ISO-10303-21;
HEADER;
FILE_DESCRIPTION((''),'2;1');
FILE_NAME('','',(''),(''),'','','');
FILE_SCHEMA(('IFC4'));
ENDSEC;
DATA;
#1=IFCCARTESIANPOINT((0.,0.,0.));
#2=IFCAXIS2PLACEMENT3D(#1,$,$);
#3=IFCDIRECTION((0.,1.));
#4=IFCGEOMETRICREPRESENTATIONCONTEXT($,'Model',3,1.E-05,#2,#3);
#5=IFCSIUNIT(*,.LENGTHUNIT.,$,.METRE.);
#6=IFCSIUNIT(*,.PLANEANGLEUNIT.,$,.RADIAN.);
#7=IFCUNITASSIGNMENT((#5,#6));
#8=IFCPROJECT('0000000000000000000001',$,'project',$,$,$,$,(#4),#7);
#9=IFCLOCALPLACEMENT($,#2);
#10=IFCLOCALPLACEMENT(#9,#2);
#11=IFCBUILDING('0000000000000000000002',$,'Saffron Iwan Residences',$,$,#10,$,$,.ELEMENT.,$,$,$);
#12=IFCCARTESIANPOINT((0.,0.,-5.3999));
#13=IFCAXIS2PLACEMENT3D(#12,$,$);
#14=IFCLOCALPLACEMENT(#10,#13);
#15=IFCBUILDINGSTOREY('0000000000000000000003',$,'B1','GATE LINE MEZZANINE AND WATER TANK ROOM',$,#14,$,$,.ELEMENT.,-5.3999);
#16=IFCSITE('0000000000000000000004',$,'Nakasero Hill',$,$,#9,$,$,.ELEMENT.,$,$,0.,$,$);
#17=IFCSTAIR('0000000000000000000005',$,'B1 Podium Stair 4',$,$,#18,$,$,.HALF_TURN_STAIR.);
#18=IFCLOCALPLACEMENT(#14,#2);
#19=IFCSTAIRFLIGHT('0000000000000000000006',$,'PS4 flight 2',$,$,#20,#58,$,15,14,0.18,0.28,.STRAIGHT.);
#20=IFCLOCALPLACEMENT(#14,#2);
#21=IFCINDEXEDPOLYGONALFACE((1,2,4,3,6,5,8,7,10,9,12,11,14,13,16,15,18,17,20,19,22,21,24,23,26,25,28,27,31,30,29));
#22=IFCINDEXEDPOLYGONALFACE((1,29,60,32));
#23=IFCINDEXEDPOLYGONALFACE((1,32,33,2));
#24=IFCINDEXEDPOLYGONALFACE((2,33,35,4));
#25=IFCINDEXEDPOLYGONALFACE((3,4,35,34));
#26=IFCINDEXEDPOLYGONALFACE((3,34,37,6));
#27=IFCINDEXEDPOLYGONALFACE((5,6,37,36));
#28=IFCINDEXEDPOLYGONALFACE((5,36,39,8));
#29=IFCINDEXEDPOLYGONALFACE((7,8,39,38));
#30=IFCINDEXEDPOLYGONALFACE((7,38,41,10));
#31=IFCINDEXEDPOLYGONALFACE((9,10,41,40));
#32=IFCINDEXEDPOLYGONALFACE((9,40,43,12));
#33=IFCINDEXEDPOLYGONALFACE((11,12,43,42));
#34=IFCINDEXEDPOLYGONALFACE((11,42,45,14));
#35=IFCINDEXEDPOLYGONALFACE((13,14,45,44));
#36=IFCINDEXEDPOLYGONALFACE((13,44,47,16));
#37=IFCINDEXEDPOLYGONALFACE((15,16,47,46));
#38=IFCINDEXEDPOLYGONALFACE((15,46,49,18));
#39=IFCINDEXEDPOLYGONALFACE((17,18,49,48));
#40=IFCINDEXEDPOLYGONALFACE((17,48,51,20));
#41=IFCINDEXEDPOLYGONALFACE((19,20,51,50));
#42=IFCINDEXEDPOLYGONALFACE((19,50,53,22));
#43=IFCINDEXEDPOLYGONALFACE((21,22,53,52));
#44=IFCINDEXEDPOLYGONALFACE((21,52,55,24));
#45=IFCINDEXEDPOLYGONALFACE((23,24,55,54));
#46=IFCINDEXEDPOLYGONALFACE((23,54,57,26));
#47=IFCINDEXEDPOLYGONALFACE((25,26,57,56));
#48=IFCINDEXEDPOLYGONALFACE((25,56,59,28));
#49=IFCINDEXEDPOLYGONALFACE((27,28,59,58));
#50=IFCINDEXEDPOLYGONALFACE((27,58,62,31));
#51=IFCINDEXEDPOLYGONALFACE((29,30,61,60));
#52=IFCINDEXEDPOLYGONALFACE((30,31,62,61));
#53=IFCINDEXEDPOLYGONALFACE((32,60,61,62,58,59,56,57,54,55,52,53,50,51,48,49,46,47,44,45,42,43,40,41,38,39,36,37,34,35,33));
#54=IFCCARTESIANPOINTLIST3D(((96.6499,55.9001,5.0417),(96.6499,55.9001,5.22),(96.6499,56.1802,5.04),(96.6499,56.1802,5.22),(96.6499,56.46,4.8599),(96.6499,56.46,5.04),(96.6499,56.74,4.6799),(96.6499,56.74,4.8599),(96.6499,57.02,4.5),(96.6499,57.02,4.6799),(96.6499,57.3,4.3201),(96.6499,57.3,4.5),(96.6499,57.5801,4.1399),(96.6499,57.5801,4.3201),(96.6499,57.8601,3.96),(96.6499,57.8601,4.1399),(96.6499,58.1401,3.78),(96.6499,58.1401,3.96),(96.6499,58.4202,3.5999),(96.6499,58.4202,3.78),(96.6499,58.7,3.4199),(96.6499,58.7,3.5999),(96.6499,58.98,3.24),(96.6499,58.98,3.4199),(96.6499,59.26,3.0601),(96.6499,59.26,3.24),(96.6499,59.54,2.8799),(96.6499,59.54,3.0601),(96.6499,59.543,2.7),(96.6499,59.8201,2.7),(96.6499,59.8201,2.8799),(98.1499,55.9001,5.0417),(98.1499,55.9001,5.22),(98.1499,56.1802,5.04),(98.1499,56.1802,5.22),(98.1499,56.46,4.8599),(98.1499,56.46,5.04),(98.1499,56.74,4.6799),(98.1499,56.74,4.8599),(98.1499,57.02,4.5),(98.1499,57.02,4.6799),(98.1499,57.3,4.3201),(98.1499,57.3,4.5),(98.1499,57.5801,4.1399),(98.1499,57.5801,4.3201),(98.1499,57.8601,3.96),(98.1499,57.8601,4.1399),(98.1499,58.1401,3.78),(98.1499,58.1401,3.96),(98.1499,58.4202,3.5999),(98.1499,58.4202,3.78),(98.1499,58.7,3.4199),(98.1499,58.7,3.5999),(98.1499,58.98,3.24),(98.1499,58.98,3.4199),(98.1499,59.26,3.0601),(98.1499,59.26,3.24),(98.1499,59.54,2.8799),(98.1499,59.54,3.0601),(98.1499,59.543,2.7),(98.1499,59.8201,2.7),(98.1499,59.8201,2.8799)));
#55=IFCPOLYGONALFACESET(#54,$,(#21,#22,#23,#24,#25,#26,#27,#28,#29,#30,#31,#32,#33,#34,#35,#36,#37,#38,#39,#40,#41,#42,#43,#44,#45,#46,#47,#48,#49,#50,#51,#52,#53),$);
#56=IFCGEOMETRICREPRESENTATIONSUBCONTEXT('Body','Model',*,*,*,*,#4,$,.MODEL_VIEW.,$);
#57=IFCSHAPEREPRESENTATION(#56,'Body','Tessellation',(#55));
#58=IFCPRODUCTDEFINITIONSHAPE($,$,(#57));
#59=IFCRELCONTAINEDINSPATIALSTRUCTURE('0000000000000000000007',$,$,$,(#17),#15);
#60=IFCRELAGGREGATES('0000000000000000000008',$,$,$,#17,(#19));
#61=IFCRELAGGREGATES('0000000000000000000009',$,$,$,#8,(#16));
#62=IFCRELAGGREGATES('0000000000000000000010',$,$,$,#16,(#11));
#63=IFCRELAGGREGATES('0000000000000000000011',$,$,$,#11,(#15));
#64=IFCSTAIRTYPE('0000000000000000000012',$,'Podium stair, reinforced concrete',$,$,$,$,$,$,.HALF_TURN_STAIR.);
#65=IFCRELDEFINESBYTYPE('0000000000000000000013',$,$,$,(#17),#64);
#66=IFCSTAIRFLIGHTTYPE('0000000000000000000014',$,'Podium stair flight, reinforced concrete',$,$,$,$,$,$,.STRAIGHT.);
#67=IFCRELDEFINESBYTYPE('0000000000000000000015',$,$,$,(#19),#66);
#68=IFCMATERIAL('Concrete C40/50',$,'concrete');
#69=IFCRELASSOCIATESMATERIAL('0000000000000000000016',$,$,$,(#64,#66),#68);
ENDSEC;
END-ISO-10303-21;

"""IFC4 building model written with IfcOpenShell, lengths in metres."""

from ifc_helpers import new_model, si_unit, direction, frame, origin, place, context, subcontext, project, spatial, polyline, outline, extrude, material, type_object, element, aggregate, save


model = new_model("IFC4")

# Units and contexts
model_context = context("Model", 3, precision=1e-05, world=origin(), true_north=direction((0.0, 1.0)))
body_context = subcontext(model_context, "Body", "Model", "MODEL_VIEW")
ifc_project = project(units=[si_unit("LENGTHUNIT", "METRE"), si_unit("PLANEANGLEUNIT", "RADIAN")], contexts=[model_context])

# Site, building, storey
site_placement = place(None, origin())
site = spatial("IfcSite", under=ifc_project, at=site_placement, Name="Nakasero Hill", CompositionType="ELEMENT", RefElevation=0.0)
building_placement = place(site_placement, origin())
building = spatial("IfcBuilding", under=site, at=building_placement, Name="Saffron Iwan Residences", CompositionType="ELEMENT")
storey_placement = place(building_placement, frame((0.0, 0.0, -5.3999)))
storey = spatial("IfcBuildingStorey", under=building, at=storey_placement, Name="B1", Description="GATE LINE MEZZANINE AND WATER TANK ROOM", CompositionType="ELEMENT", Elevation=-5.3999)

# Shared definitions
ifc_material_1 = material(Name="Concrete C40/50", Category="concrete")

# Stair, stair flight
stair_type = type_object("IfcStairType", Name="Podium stair, reinforced concrete", PredefinedType="HALF_TURN_STAIR", material=ifc_material_1)
stair_placement = place(storey_placement, origin())
stair = element("IfcStair", 1, at=stair_placement, inside=storey, type_object=stair_type, Name="B1 Podium Stair 4", PredefinedType="HALF_TURN_STAIR")
stair_flight_type = type_object("IfcStairFlightType", Name="Podium stair flight, reinforced concrete", PredefinedType="STRAIGHT", material=ifc_material_1)
stair_flight_1_placement = place(storey_placement, frame((97.3999, 59.8201, 2.7), z_axis=(0.0, 0.0, 1.0), x_axis=(0.0, -1.0, 0.0)))
stair_flight_1 = element("IfcStairFlight", 2, at=stair_flight_1_placement, type_object=stair_flight_type, Name="PS4 flight 2", NumberOfRisers=15, NumberOfTreads=14, PredefinedType="STRAIGHT", RiserHeight=0.18, TreadLength=0.28, context=body_context, shape_type="SweptSolid", body=[
    extrude(outline(polyline([(0.0, 0.0), (0.0, 0.1799), (0.28, 0.1799), (0.28, 0.3601), (0.5601, 0.3601), (0.5601, 0.54), (0.8401, 0.54), (0.8401, 0.72), (1.1201, 0.72), (1.1201, 0.8999), (1.3999, 0.8999), (1.3999, 1.0801), (1.6799, 1.0801), (1.6799, 1.26), (1.96, 1.26), (1.96, 1.4399), (2.24, 1.4399), (2.24, 1.6201), (2.52, 1.6201), (2.52, 1.8), (2.8, 1.8), (2.8, 1.98), (3.0801, 1.98), (3.0801, 2.1599), (3.3601, 2.1599), (3.3601, 2.3401), (3.6399, 2.3401), (3.6399, 2.52), (3.9199, 2.52), (3.9199, 2.7), (3.9199, 2.3418), (0.2771, 0.0), (0.0, 0.0)])), frame((0.0, 0.75, 0.0), z_axis=(0.0, -1.0, 0.0), x_axis=(1.0, 0.0, 0.0)), (0.0, 0.0, 1.0), 1.5),
])
aggregate(stair, [stair_flight_1])

save(model, "model.ifc")
